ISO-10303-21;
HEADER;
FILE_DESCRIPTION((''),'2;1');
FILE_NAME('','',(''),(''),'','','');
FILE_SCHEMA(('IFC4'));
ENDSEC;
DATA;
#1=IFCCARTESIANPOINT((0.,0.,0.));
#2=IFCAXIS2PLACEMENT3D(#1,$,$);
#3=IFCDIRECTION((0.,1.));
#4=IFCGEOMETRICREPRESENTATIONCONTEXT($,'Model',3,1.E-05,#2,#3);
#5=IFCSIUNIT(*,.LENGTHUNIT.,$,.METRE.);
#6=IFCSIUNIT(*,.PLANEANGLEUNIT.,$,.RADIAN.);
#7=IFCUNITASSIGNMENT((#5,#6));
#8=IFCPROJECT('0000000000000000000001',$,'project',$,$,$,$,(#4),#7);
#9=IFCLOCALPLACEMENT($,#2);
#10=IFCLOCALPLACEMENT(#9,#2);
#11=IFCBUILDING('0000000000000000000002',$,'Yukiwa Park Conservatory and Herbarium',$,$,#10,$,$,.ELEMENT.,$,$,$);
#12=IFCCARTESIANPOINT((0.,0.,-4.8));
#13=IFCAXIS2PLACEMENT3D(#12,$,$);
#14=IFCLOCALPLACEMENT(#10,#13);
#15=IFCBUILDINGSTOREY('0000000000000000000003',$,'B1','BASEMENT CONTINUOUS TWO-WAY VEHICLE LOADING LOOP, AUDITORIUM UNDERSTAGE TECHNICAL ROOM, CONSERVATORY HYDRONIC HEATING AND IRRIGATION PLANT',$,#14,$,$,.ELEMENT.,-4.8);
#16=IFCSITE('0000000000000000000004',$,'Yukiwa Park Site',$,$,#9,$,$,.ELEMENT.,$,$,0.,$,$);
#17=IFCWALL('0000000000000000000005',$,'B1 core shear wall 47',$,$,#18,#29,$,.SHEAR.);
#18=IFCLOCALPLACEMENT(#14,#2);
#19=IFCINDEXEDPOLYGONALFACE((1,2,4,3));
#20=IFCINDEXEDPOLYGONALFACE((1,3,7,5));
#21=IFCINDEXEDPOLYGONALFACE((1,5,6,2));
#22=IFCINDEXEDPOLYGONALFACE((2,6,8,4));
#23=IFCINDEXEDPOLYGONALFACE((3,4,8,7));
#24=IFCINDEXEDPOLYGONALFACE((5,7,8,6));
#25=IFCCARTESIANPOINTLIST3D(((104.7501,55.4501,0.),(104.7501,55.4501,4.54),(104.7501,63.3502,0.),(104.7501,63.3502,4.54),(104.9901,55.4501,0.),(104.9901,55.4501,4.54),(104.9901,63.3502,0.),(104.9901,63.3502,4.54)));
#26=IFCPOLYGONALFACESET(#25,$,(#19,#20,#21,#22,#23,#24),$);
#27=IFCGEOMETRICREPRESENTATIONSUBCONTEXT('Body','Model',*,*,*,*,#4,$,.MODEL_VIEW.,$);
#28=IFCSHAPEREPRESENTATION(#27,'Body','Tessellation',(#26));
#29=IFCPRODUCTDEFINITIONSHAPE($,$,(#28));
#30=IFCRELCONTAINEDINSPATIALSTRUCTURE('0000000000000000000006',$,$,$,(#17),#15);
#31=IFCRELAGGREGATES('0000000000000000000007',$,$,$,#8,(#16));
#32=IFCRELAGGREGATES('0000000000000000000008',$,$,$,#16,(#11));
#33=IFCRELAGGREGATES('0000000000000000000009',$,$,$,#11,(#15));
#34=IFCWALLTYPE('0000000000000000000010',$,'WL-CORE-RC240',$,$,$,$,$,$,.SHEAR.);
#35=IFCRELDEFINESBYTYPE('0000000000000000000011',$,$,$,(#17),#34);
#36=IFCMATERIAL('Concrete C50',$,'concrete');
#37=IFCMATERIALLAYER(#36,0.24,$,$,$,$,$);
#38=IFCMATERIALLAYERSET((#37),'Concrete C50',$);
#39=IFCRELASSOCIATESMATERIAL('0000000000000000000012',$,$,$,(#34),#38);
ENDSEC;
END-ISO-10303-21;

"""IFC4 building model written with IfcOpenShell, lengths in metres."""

from ifc_helpers import new_model, si_unit, direction, frame, frame_2d, origin, place, context, subcontext, project, spatial, rectangle, extrude, material, layer, layer_set, type_object, element, save


model = new_model("IFC4")

# Units and contexts
model_context = context("Model", 3, precision=1e-05, world=origin(), true_north=direction((0.0, 1.0)))
body_context = subcontext(model_context, "Body", "Model", "MODEL_VIEW")
ifc_project = project(units=[si_unit("LENGTHUNIT", "METRE"), si_unit("PLANEANGLEUNIT", "RADIAN")], contexts=[model_context])

# Site, building, storey
site_placement = place(None, origin())
site = spatial("IfcSite", under=ifc_project, at=site_placement, Name="Yukiwa Park Site", CompositionType="ELEMENT", RefElevation=0.0)
building_placement = place(site_placement, origin())
building = spatial("IfcBuilding", under=site, at=building_placement, Name="Yukiwa Park Conservatory and Herbarium", CompositionType="ELEMENT")
storey_placement = place(building_placement, frame((0.0, 0.0, -4.8)))
storey = spatial("IfcBuildingStorey", under=building, at=storey_placement, Name="B1", Description="BASEMENT CONTINUOUS TWO-WAY VEHICLE LOADING LOOP, AUDITORIUM UNDERSTAGE TECHNICAL ROOM, CONSERVATORY HYDRONIC HEATING AND IRRIGATION PLANT", CompositionType="ELEMENT", Elevation=-4.8)

# Wall
ifc_material_1 = material(Name="Concrete C50", Category="concrete")
ifc_layer_1 = layer(ifc_material_1, 0.24)
ifc_layer_set_1 = layer_set([ifc_layer_1], Name="Concrete C50")
wall_type_1 = type_object("IfcWallType", Name="WL-CORE-RC240", PredefinedType="SHEAR", material=ifc_layer_set_1)
wall_1_placement = place(storey_placement, frame((104.8701, 55.45, 0.0), z_axis=(0.0, 0.0, 1.0), x_axis=(0.0, 1.0, 0.0)))
element("IfcWall", 1, at=wall_1_placement, inside=storey, type_object=wall_type_1, Name="B1 core shear wall 47", PredefinedType="SHEAR", context=body_context, shape_type="SweptSolid", body=[
    extrude(rectangle(XDim=7.9001, YDim=0.24, at=frame_2d((3.9502, 0.0))), origin(), (0.0, 0.0, 1.0), 4.54),
])

save(model, "model.ifc")
